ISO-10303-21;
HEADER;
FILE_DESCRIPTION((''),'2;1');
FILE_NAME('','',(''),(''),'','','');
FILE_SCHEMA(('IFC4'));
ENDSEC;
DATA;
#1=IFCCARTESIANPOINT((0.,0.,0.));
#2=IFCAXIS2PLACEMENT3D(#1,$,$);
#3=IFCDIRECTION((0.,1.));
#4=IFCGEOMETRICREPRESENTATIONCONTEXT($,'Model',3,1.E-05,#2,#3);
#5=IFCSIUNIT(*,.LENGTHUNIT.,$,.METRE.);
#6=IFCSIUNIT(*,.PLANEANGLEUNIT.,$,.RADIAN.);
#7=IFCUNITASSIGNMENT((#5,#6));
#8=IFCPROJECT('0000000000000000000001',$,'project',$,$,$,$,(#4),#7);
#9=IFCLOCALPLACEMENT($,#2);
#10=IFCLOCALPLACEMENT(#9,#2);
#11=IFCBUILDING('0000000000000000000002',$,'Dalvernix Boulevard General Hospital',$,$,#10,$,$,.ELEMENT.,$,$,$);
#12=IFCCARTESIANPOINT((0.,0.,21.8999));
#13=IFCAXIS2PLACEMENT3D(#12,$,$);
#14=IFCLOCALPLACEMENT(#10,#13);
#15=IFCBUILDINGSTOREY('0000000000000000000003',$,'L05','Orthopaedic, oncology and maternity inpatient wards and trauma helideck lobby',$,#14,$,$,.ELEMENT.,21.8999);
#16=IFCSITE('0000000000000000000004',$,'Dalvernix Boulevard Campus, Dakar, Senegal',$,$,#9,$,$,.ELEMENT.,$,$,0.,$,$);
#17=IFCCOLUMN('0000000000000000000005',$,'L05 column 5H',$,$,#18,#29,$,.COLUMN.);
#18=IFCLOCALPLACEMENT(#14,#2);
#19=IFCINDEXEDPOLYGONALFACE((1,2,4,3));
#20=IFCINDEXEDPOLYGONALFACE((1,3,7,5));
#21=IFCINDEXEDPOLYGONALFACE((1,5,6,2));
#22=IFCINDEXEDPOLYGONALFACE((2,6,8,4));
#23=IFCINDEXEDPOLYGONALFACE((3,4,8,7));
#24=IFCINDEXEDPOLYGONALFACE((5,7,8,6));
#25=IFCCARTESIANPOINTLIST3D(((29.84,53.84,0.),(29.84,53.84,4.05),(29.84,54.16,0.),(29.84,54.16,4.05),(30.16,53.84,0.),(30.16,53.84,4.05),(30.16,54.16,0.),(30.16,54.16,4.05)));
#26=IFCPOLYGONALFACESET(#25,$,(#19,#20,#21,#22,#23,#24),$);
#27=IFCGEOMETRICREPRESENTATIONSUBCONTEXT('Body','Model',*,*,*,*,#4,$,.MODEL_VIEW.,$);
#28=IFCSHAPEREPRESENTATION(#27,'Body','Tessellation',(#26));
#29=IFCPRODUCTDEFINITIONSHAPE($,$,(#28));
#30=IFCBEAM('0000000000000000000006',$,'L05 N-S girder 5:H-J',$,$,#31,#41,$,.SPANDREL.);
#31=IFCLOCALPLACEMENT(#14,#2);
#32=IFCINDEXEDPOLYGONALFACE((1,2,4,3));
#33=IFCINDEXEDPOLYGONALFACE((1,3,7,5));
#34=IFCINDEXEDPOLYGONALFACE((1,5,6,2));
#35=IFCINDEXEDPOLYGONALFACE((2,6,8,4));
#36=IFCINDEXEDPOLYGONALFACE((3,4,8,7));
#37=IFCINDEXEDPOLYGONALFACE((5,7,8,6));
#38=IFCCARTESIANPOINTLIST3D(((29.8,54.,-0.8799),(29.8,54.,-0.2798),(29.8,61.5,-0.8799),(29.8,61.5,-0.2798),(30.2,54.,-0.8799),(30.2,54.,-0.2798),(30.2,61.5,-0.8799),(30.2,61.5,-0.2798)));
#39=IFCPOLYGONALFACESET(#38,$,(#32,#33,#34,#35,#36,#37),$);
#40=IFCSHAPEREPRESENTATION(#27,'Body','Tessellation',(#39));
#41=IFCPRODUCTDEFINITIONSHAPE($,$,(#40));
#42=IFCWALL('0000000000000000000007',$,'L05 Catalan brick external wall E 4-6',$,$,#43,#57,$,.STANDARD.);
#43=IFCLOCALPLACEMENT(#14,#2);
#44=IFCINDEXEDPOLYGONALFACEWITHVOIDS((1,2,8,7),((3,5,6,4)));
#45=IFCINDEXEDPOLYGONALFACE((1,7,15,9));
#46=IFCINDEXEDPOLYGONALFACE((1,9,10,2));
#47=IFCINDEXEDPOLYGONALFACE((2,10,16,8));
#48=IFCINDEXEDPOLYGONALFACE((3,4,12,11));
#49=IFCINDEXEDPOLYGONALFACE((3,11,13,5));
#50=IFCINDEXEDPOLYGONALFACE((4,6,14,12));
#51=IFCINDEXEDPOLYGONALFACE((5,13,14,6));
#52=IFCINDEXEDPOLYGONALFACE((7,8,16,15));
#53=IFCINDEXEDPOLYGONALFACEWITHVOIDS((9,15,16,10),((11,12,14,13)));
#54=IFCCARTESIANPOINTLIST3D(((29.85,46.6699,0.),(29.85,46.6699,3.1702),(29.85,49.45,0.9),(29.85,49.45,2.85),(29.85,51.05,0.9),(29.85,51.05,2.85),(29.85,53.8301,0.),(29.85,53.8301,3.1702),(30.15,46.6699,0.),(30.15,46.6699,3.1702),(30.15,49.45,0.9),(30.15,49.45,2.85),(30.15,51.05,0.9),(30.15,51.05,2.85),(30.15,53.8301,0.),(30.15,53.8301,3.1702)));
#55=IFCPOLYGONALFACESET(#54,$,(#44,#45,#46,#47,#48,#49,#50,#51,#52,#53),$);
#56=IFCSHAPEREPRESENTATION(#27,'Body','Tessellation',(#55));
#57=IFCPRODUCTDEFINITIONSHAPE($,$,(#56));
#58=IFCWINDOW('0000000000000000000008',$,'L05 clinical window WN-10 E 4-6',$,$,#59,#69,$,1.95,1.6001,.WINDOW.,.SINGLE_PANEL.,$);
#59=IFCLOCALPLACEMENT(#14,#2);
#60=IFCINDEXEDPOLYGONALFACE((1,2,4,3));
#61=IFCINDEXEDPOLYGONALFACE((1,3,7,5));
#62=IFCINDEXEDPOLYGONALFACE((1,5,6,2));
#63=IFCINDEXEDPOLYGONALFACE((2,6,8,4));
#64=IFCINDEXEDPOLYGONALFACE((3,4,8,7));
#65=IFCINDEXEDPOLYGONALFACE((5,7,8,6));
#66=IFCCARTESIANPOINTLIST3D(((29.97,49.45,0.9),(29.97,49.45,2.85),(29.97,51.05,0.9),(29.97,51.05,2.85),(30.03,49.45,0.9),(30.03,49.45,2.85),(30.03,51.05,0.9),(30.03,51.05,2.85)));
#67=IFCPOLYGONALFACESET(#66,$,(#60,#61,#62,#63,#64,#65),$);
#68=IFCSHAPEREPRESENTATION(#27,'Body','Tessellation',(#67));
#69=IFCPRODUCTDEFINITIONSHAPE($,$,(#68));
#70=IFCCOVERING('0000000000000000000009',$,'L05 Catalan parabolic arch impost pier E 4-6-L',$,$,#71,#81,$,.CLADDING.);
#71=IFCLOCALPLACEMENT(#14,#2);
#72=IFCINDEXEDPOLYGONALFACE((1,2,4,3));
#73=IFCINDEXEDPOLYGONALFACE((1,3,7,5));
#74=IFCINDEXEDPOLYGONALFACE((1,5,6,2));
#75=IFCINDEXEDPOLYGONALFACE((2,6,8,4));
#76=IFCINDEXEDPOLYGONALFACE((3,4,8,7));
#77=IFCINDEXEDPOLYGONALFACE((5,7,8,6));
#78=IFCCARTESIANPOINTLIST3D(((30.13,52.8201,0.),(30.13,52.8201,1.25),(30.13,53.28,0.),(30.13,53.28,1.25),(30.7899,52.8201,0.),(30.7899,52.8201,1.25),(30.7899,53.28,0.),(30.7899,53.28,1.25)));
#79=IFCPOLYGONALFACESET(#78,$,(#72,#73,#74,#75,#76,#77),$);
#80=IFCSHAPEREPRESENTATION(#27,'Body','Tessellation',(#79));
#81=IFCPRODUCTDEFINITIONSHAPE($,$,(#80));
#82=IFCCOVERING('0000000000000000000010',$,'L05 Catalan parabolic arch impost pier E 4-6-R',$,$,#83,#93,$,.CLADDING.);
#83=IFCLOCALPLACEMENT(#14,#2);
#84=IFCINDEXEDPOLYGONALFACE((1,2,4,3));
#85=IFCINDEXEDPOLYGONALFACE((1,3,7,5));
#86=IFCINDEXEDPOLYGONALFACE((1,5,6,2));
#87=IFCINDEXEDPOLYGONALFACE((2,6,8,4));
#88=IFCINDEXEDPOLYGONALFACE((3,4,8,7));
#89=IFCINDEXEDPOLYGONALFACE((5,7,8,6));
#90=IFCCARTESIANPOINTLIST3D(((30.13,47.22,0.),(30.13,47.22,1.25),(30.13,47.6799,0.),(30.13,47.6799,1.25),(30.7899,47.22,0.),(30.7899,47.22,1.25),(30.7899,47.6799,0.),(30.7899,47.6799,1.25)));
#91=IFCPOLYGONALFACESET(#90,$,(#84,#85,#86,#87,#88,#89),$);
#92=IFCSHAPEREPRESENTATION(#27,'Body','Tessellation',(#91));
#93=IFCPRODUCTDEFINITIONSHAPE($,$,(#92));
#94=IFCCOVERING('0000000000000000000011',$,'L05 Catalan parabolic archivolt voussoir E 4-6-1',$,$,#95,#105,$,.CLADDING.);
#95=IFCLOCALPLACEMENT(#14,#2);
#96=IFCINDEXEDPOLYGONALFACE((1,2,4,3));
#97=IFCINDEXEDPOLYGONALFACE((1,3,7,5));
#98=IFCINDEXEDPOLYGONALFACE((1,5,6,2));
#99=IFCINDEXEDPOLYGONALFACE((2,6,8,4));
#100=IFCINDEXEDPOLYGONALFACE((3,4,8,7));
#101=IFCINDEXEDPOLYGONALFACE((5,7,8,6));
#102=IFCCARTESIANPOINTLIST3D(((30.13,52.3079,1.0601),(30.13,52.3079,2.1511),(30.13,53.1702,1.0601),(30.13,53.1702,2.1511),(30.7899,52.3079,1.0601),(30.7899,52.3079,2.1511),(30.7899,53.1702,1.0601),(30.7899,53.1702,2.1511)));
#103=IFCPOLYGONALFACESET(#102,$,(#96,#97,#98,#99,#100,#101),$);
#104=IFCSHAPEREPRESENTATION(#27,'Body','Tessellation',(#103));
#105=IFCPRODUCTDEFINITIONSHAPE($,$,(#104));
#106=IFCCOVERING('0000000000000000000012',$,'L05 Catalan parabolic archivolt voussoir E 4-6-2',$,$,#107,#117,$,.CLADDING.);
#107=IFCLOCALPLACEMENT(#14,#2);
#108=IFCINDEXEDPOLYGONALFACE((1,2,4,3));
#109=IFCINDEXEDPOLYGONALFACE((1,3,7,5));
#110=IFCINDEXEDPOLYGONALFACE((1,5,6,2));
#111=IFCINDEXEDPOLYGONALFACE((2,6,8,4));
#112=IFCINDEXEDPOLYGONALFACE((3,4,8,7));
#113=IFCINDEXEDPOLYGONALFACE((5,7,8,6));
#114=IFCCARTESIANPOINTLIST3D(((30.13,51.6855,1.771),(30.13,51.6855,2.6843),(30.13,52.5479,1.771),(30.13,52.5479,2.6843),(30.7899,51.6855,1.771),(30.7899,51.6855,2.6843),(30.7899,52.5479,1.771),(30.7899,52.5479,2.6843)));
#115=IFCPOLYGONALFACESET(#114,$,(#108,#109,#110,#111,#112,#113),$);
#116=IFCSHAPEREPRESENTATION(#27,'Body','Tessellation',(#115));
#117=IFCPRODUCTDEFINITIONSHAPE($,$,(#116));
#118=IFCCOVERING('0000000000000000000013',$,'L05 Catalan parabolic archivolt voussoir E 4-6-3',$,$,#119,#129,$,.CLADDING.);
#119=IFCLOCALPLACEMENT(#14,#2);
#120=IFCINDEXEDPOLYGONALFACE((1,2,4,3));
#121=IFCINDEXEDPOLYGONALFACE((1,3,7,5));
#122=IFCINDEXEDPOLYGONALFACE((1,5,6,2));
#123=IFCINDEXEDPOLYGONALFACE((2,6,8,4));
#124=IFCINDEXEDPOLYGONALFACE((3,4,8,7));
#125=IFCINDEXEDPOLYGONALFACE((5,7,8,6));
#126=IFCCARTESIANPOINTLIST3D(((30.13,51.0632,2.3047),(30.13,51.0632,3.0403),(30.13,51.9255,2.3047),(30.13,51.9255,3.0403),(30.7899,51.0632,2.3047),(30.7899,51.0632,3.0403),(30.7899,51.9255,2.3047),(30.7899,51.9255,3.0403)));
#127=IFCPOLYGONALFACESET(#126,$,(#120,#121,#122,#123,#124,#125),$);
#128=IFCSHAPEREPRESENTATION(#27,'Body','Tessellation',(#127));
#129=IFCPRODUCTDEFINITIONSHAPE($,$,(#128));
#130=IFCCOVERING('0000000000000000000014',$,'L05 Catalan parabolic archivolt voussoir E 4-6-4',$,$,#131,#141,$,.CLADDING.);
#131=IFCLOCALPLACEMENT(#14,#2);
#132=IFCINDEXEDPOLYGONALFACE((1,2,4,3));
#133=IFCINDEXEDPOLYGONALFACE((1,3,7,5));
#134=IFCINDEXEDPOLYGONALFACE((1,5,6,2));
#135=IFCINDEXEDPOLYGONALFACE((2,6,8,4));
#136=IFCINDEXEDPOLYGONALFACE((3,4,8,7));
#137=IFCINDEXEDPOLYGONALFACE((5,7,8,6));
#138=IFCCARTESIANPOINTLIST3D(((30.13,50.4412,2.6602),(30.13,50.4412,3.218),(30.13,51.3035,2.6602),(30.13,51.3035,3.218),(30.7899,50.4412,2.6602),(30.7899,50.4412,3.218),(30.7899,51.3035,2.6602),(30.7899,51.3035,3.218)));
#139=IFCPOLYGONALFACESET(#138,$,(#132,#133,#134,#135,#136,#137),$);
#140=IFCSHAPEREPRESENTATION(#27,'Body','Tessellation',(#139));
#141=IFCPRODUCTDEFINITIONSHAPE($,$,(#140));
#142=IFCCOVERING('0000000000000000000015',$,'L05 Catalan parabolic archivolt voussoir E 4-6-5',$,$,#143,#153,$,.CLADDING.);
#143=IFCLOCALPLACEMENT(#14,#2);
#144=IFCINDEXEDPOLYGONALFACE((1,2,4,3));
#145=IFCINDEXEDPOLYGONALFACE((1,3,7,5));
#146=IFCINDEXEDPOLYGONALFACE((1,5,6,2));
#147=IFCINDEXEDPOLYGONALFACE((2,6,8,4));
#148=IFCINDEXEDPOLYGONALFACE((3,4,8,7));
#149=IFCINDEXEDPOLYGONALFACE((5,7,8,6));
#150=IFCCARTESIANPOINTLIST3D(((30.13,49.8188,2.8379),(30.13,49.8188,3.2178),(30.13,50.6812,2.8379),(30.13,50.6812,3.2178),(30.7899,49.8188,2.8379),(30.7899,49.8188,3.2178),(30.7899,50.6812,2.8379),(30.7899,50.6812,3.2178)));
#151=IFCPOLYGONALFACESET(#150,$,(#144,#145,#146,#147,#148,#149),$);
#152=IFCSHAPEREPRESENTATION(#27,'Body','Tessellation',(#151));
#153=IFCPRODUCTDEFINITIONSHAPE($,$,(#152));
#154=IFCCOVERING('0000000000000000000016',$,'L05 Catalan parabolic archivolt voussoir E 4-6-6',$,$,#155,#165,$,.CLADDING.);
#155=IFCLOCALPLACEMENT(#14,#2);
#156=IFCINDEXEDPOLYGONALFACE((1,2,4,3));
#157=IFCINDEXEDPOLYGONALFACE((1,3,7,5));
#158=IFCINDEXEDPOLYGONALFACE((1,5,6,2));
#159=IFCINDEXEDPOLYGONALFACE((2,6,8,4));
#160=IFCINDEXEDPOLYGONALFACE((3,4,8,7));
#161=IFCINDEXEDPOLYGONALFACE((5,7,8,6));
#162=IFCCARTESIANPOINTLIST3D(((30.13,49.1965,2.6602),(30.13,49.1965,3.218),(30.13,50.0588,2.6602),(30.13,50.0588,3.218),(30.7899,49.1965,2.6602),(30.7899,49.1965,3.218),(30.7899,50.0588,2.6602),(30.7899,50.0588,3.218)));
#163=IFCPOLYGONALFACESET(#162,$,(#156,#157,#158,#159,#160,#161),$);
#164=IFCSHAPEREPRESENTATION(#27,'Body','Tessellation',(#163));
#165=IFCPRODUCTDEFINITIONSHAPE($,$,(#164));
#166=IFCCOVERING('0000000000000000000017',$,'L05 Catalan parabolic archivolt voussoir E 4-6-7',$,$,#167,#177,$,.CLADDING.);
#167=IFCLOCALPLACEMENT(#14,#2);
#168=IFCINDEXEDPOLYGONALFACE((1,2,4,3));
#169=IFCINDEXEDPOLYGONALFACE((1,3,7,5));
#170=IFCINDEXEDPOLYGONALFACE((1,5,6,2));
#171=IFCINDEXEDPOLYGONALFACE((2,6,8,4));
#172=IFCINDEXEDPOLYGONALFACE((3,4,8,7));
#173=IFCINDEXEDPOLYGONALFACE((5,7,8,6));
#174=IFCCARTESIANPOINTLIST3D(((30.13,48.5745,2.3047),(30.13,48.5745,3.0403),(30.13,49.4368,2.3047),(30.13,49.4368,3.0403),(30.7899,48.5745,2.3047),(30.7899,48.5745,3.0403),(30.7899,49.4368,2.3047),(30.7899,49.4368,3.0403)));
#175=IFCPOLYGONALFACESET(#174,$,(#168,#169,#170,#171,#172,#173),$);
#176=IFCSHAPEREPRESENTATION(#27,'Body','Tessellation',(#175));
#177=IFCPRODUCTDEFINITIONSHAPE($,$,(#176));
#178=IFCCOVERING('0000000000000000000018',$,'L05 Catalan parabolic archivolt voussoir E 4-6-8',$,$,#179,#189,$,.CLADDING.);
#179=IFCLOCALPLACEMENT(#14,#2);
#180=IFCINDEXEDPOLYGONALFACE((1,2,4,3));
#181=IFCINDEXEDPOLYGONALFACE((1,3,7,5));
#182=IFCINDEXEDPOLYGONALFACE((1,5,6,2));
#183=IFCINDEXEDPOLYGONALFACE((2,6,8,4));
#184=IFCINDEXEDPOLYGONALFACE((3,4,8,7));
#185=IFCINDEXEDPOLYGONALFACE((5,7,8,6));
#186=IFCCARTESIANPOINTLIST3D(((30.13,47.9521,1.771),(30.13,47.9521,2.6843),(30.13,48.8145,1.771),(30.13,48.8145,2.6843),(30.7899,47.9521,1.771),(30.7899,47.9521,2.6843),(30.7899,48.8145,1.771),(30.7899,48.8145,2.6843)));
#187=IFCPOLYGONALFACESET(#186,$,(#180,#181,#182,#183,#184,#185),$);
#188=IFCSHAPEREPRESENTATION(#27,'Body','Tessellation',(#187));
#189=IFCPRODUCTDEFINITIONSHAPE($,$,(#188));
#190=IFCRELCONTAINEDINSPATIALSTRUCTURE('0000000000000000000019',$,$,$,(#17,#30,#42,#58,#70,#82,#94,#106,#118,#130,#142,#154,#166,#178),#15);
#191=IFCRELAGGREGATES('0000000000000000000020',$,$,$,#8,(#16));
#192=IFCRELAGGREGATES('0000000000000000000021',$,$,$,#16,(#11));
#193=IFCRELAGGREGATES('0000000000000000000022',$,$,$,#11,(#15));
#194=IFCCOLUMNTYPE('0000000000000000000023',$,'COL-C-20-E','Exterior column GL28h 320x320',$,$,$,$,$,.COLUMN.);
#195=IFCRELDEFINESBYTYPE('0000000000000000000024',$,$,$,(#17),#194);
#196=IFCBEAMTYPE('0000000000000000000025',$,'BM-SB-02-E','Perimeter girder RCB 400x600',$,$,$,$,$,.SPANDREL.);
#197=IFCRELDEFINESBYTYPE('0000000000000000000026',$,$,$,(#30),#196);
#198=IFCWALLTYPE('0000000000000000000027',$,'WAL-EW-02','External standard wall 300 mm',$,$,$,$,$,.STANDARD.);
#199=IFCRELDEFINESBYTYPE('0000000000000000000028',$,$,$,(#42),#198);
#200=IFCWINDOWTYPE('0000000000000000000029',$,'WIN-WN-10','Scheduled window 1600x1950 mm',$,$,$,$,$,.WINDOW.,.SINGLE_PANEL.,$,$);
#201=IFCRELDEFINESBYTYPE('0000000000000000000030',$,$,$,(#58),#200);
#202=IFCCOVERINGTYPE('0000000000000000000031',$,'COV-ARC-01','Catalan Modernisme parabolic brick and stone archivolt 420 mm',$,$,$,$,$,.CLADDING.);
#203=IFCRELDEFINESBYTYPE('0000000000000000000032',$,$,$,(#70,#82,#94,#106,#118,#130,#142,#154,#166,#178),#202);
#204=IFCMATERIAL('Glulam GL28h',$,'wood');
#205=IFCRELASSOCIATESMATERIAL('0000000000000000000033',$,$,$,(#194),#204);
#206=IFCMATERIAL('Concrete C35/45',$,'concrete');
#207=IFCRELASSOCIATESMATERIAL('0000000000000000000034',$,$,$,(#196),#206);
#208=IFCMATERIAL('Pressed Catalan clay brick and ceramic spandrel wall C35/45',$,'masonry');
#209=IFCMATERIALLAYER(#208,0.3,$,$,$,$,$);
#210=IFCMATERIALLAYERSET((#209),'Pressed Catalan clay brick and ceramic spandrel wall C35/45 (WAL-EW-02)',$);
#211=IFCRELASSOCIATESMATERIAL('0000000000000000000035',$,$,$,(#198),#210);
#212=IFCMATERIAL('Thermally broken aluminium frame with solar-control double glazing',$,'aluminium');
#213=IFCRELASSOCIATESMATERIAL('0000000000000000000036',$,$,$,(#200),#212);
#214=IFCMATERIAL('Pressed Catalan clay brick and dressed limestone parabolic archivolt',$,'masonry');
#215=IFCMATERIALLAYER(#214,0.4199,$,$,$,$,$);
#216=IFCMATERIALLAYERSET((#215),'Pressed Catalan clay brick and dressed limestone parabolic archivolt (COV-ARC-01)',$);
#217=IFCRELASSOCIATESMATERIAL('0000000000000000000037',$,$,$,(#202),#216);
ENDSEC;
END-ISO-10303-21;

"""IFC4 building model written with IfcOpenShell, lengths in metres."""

from ifc_helpers import new_model, si_unit, direction, frame, frame_2d, origin, origin_2d, place, context, subcontext, project, spatial, rectangle, extrude, material, layer, layer_set, material_profile, profile_set, type_object, element, fill, save


model = new_model("IFC4")

# Units and contexts
model_context = context("Model", 3, precision=1e-05, world=origin(), true_north=direction((0.0, 1.0)))
body_context = subcontext(model_context, "Body", "Model", "MODEL_VIEW")
ifc_project = project(units=[si_unit("LENGTHUNIT", "METRE"), si_unit("PLANEANGLEUNIT", "RADIAN")], contexts=[model_context])

# Site, building, storey
site_placement = place(None, origin())
site = spatial("IfcSite", under=ifc_project, at=site_placement, Name="Dalvernix Boulevard Campus, Dakar, Senegal", CompositionType="ELEMENT", RefElevation=0.0)
building_placement = place(site_placement, origin())
building = spatial("IfcBuilding", under=site, at=building_placement, Name="Dalvernix Boulevard General Hospital", CompositionType="ELEMENT")
storey_placement = place(building_placement, frame((0.0, 0.0, 21.8999)))
storey = spatial("IfcBuildingStorey", under=building, at=storey_placement, Name="L05", Description="Orthopaedic, oncology and maternity inpatient wards and trauma helideck lobby", CompositionType="ELEMENT", Elevation=21.8999)

# Column
ifc_material_1 = material(Name="Glulam GL28h", Category="wood")
ifc_material_profile_1 = material_profile(ifc_material_1, rectangle(XDim=0.3201, YDim=0.3201, at=origin_2d()), Name="GL28h 320x320")
ifc_profile_set_1 = profile_set([ifc_material_profile_1], Name="Glulam GL28h")
column_type = type_object("IfcColumnType", Name="COL-C-20-E", Description="Exterior column GL28h 320x320", PredefinedType="COLUMN", material=ifc_profile_set_1)
column_placement = place(storey_placement, frame((30.0, 54.0, 0.0), z_axis=(0.0, 0.0, 1.0), x_axis=(1.0, 0.0, 0.0)))
element("IfcColumn", 1, at=column_placement, inside=storey, type_object=column_type, Name="L05 column 5H", PredefinedType="COLUMN", context=body_context, shape_type="SweptSolid", body=[
    extrude(rectangle(XDim=0.3201, YDim=0.3201, at=origin_2d()), origin(), (0.0, 0.0, 1.0), 4.05),
])

# Beam
ifc_material_2 = material(Name="Concrete C35/45", Category="concrete")
ifc_material_profile_2 = material_profile(ifc_material_2, rectangle(XDim=0.3999, YDim=0.6001, at=origin_2d()), Name="RCB 400x600")
ifc_profile_set_2 = profile_set([ifc_material_profile_2], Name="Concrete C35/45")
beam_type = type_object("IfcBeamType", Name="BM-SB-02-E", Description="Perimeter girder RCB 400x600", PredefinedType="SPANDREL", material=ifc_profile_set_2)
beam_placement = place(storey_placement, frame((30.0, 54.0, -0.5798), z_axis=(0.0, 1.0, 0.0), x_axis=(-1.0, 0.0, 0.0)))
element("IfcBeam", 2, at=beam_placement, inside=storey, type_object=beam_type, Name="L05 N-S girder 5:H-J", PredefinedType="SPANDREL", context=body_context, shape_type="SweptSolid", body=[
    extrude(rectangle(XDim=0.3999, YDim=0.6001, at=origin_2d()), origin(), (0.0, 0.0, 1.0), 7.5),
])

# Wall, opening, window
ifc_material_3 = material(Name="Pressed Catalan clay brick and ceramic spandrel wall C35/45", Category="masonry")
ifc_layer_1 = layer(ifc_material_3, 0.3)
ifc_layer_set_1 = layer_set([ifc_layer_1], Name="Pressed Catalan clay brick and ceramic spandrel wall C35/45 (WAL-EW-02)")
wall_type = type_object("IfcWallType", Name="WAL-EW-02", Description="External standard wall 300 mm", PredefinedType="STANDARD", material=ifc_layer_set_1)
wall_placement = place(storey_placement, frame((30.0, 53.8301, 0.0), z_axis=(0.0, 0.0, 1.0), x_axis=(0.0, -1.0, 0.0)))
wall = element("IfcWall", 3, at=wall_placement, inside=storey, type_object=wall_type, Name="L05 Catalan brick external wall E 4-6", PredefinedType="STANDARD", context=body_context, shape_type="SweptSolid", body=[
    extrude(rectangle(XDim=7.1602, YDim=0.3, at=frame_2d((3.5801, 0.0))), origin(), (0.0, 0.0, 1.0), 3.1702),
])
opening_placement = place(wall_placement, frame((2.78, 0.0, 0.8999)))
opening = element("IfcOpeningElement", 4, at=opening_placement, cuts=wall, PredefinedType="OPENING", context=body_context, shape_type="SweptSolid", body=[
    extrude(rectangle(XDim=1.6001, YDim=1.95, at=frame_2d((0.8, 0.9751))), frame((0.0, 0.1599, 0.0), z_axis=(0.0, -1.0, 0.0), x_axis=(1.0, 0.0, 0.0)), (0.0, 0.0, 1.0), 0.3201),
])
ifc_material_4 = material(Name="Thermally broken aluminium frame with solar-control double glazing", Category="aluminium")
window_type = type_object("IfcWindowType", Name="WIN-WN-10", Description="Scheduled window 1600x1950 mm", PartitioningType="SINGLE_PANEL", PredefinedType="WINDOW", material=ifc_material_4)
window_placement = place(opening_placement, origin())
window = element("IfcWindow", 5, at=window_placement, inside=storey, type_object=window_type, Name="L05 clinical window WN-10 E 4-6", OverallHeight=1.95, OverallWidth=1.6001, PartitioningType="SINGLE_PANEL", PredefinedType="WINDOW", context=body_context, shape_type="SweptSolid", body=[
    extrude(rectangle(XDim=1.6001, YDim=1.95, at=frame_2d((0.8, 0.9751))), frame((0.0, 0.03, 0.0), z_axis=(0.0, -1.0, 0.0), x_axis=(1.0, 0.0, 0.0)), (0.0, 0.0, 1.0), 0.0601),
])
fill(opening, window)

# Coverings
ifc_material_5 = material(Name="Pressed Catalan clay brick and dressed limestone parabolic archivolt", Category="masonry")
ifc_layer_2 = layer(ifc_material_5, 0.4199)
ifc_layer_set_2 = layer_set([ifc_layer_2], Name="Pressed Catalan clay brick and dressed limestone parabolic archivolt (COV-ARC-01)")
covering_type_1 = type_object("IfcCoveringType", Name="COV-ARC-01", Description="Catalan Modernisme parabolic brick and stone archivolt 420 mm", PredefinedType="CLADDING", material=ifc_layer_set_2)
for number, where, z_axis, x_axis, name in (
    (6, (30.46, 53.05, 0.0), (0.0, 0.0, 1.0), (0.0, -1.0, 0.0), "L05 Catalan parabolic arch impost pier E 4-6-L"),
    (7, (30.46, 47.45, 0.0), (0.0, 0.0, 1.0), (0.0, -1.0, 0.0), "L05 Catalan parabolic arch impost pier E 4-6-R"),
):
    element("IfcCovering", number, at=place(storey_placement, frame(where, z_axis=z_axis, x_axis=x_axis)), inside=storey, type_object=covering_type_1, Name=name, PredefinedType="CLADDING", context=body_context, shape_type="SweptSolid", body=[
        extrude(rectangle(XDim=0.46, YDim=0.6599, at=origin_2d()), origin(), (0.0, 0.0, 1.0), 1.25),
    ])
covering_1_placement = place(storey_placement, frame((30.46, 52.739, 1.0601), z_axis=(0.0, 0.0, 1.0), x_axis=(0.0, -1.0, 0.0)))
element("IfcCovering", 8, at=covering_1_placement, inside=storey, type_object=covering_type_1, Name="L05 Catalan parabolic archivolt voussoir E 4-6-1", PredefinedType="CLADDING", context=body_context, shape_type="SweptSolid", body=[
    extrude(rectangle(XDim=0.8623, YDim=0.6599, at=origin_2d()), origin(), (0.0, 0.0, 1.0), 1.0911),
])
covering_2_placement = place(storey_placement, frame((30.46, 52.1167, 1.771), z_axis=(0.0, 0.0, 1.0), x_axis=(0.0, -1.0, 0.0)))
element("IfcCovering", 9, at=covering_2_placement, inside=storey, type_object=covering_type_1, Name="L05 Catalan parabolic archivolt voussoir E 4-6-2", PredefinedType="CLADDING", context=body_context, shape_type="SweptSolid", body=[
    extrude(rectangle(XDim=0.8623, YDim=0.6599, at=origin_2d()), origin(), (0.0, 0.0, 1.0), 0.9133),
])
covering_3_placement = place(storey_placement, frame((30.46, 51.4944, 2.3047), z_axis=(0.0, 0.0, 1.0), x_axis=(0.0, -1.0, 0.0)))
element("IfcCovering", 10, at=covering_3_placement, inside=storey, type_object=covering_type_1, Name="L05 Catalan parabolic archivolt voussoir E 4-6-3", PredefinedType="CLADDING", context=body_context, shape_type="SweptSolid", body=[
    extrude(rectangle(XDim=0.8623, YDim=0.6599, at=origin_2d()), origin(), (0.0, 0.0, 1.0), 0.7356),
])
covering_4_placement = place(storey_placement, frame((30.46, 50.8723, 2.6602), z_axis=(0.0, 0.0, 1.0), x_axis=(0.0, -1.0, 0.0)))
element("IfcCovering", 11, at=covering_4_placement, inside=storey, type_object=covering_type_1, Name="L05 Catalan parabolic archivolt voussoir E 4-6-4", PredefinedType="CLADDING", context=body_context, shape_type="SweptSolid", body=[
    extrude(rectangle(XDim=0.8623, YDim=0.6599, at=origin_2d()), origin(), (0.0, 0.0, 1.0), 0.5579),
])
covering_5_placement = place(storey_placement, frame((30.46, 50.25, 2.8379), z_axis=(0.0, 0.0, 1.0), x_axis=(0.0, -1.0, 0.0)))
element("IfcCovering", 12, at=covering_5_placement, inside=storey, type_object=covering_type_1, Name="L05 Catalan parabolic archivolt voussoir E 4-6-5", PredefinedType="CLADDING", context=body_context, shape_type="SweptSolid", body=[
    extrude(rectangle(XDim=0.8623, YDim=0.6599, at=origin_2d()), origin(), (0.0, 0.0, 1.0), 0.3799),
])
covering_6_placement = place(storey_placement, frame((30.46, 49.6277, 2.6602), z_axis=(0.0, 0.0, 1.0), x_axis=(0.0, -1.0, 0.0)))
element("IfcCovering", 13, at=covering_6_placement, inside=storey, type_object=covering_type_1, Name="L05 Catalan parabolic archivolt voussoir E 4-6-6", PredefinedType="CLADDING", context=body_context, shape_type="SweptSolid", body=[
    extrude(rectangle(XDim=0.8623, YDim=0.6599, at=origin_2d()), origin(), (0.0, 0.0, 1.0), 0.5579),
])
covering_7_placement = place(storey_placement, frame((30.46, 49.0056, 2.3047), z_axis=(0.0, 0.0, 1.0), x_axis=(0.0, -1.0, 0.0)))
element("IfcCovering", 14, at=covering_7_placement, inside=storey, type_object=covering_type_1, Name="L05 Catalan parabolic archivolt voussoir E 4-6-7", PredefinedType="CLADDING", context=body_context, shape_type="SweptSolid", body=[
    extrude(rectangle(XDim=0.8623, YDim=0.6599, at=origin_2d()), origin(), (0.0, 0.0, 1.0), 0.7356),
])
covering_8_placement = place(storey_placement, frame((30.46, 48.3833, 1.771), z_axis=(0.0, 0.0, 1.0), x_axis=(0.0, -1.0, 0.0)))
element("IfcCovering", 15, at=covering_8_placement, inside=storey, type_object=covering_type_1, Name="L05 Catalan parabolic archivolt voussoir E 4-6-8", PredefinedType="CLADDING", context=body_context, shape_type="SweptSolid", body=[
    extrude(rectangle(XDim=0.8623, YDim=0.6599, at=origin_2d()), origin(), (0.0, 0.0, 1.0), 0.9133),
])

save(model, "model.ifc")
